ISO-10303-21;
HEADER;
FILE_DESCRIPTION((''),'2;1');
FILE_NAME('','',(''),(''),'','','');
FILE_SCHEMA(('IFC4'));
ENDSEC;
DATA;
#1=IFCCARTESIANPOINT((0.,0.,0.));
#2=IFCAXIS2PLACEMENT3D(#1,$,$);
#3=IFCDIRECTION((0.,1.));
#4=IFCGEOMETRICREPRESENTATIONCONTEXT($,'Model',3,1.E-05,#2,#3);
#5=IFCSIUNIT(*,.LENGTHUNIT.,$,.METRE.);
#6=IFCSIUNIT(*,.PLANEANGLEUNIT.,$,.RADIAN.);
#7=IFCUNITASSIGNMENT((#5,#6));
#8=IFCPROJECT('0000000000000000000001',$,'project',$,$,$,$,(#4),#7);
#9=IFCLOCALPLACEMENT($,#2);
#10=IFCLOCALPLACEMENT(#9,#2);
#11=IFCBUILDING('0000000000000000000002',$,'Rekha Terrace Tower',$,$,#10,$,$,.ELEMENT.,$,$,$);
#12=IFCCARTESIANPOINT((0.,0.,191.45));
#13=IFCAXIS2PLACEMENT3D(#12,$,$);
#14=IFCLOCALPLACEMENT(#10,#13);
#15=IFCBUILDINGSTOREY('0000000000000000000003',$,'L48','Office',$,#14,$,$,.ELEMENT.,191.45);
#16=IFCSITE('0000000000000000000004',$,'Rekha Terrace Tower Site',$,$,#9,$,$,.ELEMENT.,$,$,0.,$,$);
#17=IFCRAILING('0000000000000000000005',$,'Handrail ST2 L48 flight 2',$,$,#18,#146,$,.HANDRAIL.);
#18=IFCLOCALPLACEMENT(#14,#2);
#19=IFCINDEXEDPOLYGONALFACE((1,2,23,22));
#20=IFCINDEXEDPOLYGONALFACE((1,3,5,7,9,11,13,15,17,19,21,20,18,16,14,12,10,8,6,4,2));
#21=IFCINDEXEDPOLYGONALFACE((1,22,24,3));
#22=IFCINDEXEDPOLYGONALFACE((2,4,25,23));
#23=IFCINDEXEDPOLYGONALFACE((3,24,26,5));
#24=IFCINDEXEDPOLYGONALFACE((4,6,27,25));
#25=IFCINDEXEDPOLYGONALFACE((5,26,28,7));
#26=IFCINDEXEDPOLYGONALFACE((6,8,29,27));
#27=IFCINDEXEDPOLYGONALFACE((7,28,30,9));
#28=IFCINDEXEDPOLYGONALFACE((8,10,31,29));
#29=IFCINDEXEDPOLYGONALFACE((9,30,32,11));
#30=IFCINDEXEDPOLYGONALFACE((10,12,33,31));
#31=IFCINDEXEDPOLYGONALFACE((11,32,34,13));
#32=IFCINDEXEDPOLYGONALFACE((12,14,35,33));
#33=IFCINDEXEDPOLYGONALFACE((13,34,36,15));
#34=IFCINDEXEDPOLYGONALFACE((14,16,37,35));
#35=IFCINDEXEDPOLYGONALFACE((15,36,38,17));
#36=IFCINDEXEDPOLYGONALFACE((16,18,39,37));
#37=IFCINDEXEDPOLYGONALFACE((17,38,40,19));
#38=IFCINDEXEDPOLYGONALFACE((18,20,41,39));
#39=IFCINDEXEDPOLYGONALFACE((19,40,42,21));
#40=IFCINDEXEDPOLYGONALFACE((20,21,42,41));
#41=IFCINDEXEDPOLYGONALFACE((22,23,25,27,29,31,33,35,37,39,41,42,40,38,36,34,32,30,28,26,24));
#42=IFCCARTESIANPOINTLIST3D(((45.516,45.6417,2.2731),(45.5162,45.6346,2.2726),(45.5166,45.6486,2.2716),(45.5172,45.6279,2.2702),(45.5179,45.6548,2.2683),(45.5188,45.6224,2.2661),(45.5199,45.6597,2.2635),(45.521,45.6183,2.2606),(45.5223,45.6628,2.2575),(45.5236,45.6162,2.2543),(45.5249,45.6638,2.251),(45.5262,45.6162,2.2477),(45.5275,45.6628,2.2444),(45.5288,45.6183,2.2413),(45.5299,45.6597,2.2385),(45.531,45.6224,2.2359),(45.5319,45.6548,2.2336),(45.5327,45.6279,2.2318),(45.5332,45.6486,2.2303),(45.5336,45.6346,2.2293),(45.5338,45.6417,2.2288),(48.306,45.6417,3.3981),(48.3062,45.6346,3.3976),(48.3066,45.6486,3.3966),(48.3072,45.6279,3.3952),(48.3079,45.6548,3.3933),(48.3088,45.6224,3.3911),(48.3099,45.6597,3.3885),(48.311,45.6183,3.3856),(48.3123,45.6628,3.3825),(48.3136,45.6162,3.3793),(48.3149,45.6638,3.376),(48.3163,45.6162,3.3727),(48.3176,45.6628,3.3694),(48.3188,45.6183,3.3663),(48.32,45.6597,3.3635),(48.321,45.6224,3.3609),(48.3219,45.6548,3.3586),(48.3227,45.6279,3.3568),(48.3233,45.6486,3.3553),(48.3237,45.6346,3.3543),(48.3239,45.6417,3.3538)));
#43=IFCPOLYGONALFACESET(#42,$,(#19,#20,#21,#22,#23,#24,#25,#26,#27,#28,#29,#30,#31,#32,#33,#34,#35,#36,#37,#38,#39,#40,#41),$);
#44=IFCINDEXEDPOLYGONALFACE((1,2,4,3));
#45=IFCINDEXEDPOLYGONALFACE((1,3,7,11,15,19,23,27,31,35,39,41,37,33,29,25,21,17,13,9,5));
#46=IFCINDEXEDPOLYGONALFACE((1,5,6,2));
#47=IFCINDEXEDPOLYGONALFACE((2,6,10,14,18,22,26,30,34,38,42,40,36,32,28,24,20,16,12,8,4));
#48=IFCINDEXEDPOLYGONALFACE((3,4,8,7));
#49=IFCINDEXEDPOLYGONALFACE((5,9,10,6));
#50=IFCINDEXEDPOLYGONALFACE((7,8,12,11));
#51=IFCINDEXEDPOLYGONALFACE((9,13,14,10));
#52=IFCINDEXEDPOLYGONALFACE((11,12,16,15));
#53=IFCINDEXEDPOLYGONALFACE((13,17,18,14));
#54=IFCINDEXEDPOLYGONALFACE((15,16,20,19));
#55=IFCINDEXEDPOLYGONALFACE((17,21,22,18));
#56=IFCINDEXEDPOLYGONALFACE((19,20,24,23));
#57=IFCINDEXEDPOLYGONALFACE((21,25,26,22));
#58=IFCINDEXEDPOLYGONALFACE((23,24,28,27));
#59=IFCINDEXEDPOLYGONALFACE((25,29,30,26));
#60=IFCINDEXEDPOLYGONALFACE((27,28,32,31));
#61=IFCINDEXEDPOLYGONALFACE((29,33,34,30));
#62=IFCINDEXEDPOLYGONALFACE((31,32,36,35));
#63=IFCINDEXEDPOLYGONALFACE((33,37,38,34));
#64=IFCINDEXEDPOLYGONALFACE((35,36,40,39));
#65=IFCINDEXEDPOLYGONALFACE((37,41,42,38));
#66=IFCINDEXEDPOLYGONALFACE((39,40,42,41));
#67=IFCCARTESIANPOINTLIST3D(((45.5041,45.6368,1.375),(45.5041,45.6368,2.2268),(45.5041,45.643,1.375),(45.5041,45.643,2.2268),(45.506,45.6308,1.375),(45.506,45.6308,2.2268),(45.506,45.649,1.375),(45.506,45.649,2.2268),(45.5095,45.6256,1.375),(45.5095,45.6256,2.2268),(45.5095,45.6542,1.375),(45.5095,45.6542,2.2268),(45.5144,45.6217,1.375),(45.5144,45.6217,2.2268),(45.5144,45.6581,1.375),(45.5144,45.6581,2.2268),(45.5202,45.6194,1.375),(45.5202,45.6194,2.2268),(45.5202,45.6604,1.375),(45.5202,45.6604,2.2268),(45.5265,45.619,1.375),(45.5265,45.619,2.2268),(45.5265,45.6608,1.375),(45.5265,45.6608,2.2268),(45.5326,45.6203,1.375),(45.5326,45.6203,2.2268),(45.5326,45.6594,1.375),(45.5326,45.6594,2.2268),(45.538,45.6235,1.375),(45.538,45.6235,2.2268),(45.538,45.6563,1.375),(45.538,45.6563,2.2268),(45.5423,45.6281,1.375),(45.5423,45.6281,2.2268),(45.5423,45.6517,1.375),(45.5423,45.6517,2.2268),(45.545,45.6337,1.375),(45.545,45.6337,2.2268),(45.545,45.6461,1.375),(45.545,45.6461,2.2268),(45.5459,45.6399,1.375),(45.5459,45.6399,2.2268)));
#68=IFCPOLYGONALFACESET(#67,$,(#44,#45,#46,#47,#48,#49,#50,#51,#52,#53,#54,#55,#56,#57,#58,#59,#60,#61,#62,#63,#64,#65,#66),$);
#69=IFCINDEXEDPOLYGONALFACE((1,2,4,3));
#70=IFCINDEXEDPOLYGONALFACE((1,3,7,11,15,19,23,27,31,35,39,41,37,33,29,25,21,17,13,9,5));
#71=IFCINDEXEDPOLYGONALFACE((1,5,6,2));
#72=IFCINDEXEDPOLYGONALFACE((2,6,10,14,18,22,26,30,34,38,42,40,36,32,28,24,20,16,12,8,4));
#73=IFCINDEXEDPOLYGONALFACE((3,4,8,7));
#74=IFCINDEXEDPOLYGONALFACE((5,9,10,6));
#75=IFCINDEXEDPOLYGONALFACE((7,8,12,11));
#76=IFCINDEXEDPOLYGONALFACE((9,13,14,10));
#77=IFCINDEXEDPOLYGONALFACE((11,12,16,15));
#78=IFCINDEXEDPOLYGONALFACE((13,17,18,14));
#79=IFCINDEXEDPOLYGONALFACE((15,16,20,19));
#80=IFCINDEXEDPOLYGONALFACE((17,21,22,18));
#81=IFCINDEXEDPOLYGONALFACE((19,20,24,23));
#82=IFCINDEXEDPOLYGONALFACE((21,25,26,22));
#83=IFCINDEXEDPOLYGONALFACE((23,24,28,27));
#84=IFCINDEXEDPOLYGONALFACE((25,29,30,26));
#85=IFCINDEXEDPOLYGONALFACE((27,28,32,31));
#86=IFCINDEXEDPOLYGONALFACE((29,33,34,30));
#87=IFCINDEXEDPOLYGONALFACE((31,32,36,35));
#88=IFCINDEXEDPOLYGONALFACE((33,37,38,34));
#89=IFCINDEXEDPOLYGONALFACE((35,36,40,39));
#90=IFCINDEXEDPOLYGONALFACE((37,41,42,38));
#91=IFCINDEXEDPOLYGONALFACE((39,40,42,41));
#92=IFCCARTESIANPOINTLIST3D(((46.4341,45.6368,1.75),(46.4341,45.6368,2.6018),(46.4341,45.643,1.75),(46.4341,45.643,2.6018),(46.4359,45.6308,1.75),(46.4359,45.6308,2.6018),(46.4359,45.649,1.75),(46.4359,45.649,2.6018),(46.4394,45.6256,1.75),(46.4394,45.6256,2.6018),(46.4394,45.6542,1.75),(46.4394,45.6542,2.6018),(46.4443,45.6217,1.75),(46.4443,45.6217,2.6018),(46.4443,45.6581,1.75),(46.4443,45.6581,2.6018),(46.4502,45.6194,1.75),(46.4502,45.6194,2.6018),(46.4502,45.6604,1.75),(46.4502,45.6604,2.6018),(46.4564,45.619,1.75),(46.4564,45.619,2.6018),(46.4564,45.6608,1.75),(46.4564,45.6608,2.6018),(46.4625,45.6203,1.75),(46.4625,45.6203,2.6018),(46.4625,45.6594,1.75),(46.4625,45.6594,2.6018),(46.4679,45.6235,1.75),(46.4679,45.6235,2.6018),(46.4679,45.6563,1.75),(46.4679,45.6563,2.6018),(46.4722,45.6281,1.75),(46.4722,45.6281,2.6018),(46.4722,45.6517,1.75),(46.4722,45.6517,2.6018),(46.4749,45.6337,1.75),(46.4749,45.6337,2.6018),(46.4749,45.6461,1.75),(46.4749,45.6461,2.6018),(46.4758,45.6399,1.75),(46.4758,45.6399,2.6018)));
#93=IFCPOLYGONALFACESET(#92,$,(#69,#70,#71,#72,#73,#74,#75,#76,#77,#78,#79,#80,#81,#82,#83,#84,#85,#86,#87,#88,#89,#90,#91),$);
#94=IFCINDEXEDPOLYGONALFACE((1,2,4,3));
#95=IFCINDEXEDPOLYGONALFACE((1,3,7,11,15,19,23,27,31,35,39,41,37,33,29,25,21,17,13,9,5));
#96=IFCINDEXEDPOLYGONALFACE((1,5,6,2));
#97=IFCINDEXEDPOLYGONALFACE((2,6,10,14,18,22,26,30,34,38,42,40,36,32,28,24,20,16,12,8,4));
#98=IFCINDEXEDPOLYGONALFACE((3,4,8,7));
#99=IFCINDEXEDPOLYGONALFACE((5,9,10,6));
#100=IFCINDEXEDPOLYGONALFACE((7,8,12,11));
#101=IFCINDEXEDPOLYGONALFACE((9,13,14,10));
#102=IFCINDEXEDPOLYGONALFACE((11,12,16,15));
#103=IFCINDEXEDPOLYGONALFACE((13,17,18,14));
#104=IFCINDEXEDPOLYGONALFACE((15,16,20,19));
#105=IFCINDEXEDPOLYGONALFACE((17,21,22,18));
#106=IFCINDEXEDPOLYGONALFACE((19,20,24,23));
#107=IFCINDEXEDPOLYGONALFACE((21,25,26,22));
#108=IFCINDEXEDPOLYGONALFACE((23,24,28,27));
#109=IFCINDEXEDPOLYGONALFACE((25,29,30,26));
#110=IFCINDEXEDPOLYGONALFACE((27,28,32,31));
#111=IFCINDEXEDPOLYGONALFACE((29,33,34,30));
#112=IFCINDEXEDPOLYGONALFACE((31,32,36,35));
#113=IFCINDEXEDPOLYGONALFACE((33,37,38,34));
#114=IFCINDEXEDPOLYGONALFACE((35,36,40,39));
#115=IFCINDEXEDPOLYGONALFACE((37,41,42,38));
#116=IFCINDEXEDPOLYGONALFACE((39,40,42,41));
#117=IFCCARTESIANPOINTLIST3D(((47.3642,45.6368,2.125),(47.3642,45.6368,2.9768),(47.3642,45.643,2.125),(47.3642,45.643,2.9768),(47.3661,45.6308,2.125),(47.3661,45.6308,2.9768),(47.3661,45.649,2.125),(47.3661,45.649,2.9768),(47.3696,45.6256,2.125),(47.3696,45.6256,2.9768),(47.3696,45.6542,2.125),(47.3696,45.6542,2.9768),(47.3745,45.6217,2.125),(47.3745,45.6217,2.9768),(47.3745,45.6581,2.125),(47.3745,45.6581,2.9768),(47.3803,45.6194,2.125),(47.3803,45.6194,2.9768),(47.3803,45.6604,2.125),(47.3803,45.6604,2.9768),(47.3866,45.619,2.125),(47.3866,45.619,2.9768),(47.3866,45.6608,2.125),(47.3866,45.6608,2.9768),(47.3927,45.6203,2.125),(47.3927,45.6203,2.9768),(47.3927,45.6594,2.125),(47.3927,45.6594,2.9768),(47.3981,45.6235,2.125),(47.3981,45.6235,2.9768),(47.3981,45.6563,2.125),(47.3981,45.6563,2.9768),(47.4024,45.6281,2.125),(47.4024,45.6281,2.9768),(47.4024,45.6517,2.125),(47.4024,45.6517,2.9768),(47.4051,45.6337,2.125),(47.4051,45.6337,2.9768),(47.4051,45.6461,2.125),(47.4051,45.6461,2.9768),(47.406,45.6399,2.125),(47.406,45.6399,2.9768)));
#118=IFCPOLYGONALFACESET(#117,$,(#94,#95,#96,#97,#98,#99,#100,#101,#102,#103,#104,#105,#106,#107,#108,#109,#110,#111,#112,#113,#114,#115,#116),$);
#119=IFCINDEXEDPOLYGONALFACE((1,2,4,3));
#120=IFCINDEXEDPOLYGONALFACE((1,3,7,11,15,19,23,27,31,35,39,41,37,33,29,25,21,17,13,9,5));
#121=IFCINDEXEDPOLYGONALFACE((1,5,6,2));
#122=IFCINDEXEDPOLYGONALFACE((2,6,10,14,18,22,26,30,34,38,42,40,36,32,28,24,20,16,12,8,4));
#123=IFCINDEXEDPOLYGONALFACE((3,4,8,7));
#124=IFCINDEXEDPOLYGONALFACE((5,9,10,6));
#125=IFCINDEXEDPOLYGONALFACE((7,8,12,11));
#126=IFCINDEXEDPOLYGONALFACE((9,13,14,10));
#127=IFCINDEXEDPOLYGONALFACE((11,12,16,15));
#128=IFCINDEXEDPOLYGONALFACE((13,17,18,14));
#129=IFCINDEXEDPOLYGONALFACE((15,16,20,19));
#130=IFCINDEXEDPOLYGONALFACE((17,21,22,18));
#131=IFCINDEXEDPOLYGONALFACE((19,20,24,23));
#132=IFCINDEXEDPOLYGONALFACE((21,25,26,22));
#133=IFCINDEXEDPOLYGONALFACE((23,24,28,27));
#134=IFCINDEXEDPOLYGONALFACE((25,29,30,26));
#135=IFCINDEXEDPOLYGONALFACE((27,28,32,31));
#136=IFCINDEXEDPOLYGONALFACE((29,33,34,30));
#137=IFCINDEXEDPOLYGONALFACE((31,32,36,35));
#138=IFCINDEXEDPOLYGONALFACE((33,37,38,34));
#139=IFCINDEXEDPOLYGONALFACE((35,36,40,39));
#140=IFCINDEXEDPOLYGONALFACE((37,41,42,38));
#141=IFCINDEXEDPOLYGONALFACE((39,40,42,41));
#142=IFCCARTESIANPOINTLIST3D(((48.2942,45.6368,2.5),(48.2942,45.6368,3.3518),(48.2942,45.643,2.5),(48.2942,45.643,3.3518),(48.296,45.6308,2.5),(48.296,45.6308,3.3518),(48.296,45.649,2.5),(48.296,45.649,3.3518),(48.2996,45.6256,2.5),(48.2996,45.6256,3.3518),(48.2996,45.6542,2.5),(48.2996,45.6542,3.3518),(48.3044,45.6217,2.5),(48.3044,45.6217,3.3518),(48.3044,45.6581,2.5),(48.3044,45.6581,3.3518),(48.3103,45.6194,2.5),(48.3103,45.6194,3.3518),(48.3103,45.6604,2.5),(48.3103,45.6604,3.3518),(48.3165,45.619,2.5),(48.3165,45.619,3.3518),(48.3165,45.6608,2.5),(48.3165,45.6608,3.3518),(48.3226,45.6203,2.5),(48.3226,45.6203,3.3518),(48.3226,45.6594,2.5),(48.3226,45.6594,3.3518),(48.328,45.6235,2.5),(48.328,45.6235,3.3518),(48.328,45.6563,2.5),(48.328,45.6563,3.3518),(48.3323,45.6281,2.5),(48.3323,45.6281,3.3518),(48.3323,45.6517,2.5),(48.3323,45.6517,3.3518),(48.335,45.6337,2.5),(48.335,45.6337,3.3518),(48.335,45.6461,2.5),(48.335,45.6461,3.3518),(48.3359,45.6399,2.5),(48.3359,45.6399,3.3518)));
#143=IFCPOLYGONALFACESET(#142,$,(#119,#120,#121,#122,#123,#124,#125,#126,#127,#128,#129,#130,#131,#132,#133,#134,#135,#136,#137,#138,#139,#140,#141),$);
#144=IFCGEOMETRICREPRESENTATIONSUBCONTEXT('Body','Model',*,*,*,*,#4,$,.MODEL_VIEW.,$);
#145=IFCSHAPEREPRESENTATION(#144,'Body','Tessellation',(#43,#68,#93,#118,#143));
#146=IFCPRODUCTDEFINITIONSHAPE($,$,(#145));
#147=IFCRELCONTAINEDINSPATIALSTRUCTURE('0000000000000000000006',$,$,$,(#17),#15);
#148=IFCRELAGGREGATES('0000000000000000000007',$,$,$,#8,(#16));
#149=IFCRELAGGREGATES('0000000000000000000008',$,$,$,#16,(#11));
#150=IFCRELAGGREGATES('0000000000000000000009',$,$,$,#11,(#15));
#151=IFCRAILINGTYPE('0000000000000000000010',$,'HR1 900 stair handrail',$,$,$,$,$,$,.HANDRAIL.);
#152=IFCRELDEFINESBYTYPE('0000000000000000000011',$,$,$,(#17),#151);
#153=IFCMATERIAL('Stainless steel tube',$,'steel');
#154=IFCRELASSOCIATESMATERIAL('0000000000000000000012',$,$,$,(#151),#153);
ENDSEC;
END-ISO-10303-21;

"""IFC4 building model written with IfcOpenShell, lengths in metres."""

from ifc_helpers import new_model, si_unit, direction, frame, origin, origin_2d, place, context, subcontext, project, spatial, circle, extrude, material, type_object, element, save


model = new_model("IFC4")

# Units and contexts
model_context = context("Model", 3, precision=1e-05, world=origin(), true_north=direction((0.0, 1.0)))
body_context = subcontext(model_context, "Body", "Model", "MODEL_VIEW")
ifc_project = project(units=[si_unit("LENGTHUNIT", "METRE"), si_unit("PLANEANGLEUNIT", "RADIAN")], contexts=[model_context])

# Site, building, storey
site_placement = place(None, origin())
site = spatial("IfcSite", under=ifc_project, at=site_placement, Name="Rekha Terrace Tower Site", CompositionType="ELEMENT", RefElevation=0.0)
building_placement = place(site_placement, origin())
building = spatial("IfcBuilding", under=site, at=building_placement, Name="Rekha Terrace Tower", CompositionType="ELEMENT")
storey_placement = place(building_placement, frame((0.0, 0.0, 191.45)))
storey = spatial("IfcBuildingStorey", under=building, at=storey_placement, Name="L48", Description="Office", CompositionType="ELEMENT", Elevation=191.45)

# Railing
ifc_material_1 = material(Name="Stainless steel tube", Category="steel")
railing_type_1 = type_object("IfcRailingType", Name="HR1 900 stair handrail", PredefinedType="HANDRAIL", material=ifc_material_1)
railing_1_placement = place(storey_placement, frame((45.5249, 45.6399, 1.375)))
element("IfcRailing", 1, at=railing_1_placement, inside=storey, type_object=railing_type_1, Name="Handrail ST2 L48 flight 2", PredefinedType="HANDRAIL", context=body_context, shape_type="SweptSolid", body=[
    extrude(circle(Radius=0.0239, at=origin_2d()), frame((0.0, 0.0, 0.876), z_axis=(0.927443, 0.0, 0.373964), x_axis=(0.0, 1.0, 0.0)), (0.0, 0.0, 1.0), 3.0083),
    extrude(circle(Radius=0.021, at=origin_2d()), origin(), (0.0, 0.0, 1.0), 0.8518),
    extrude(circle(Radius=0.021, at=origin_2d()), frame((0.9299, 0.0, 0.375)), (0.0, 0.0, 1.0), 0.8518),
    extrude(circle(Radius=0.021, at=origin_2d()), frame((1.8601, 0.0, 0.75)), (0.0, 0.0, 1.0), 0.8518),
    extrude(circle(Radius=0.021, at=origin_2d()), frame((2.79, 0.0, 1.125)), (0.0, 0.0, 1.0), 0.8518),
])

save(model, "model.ifc")
